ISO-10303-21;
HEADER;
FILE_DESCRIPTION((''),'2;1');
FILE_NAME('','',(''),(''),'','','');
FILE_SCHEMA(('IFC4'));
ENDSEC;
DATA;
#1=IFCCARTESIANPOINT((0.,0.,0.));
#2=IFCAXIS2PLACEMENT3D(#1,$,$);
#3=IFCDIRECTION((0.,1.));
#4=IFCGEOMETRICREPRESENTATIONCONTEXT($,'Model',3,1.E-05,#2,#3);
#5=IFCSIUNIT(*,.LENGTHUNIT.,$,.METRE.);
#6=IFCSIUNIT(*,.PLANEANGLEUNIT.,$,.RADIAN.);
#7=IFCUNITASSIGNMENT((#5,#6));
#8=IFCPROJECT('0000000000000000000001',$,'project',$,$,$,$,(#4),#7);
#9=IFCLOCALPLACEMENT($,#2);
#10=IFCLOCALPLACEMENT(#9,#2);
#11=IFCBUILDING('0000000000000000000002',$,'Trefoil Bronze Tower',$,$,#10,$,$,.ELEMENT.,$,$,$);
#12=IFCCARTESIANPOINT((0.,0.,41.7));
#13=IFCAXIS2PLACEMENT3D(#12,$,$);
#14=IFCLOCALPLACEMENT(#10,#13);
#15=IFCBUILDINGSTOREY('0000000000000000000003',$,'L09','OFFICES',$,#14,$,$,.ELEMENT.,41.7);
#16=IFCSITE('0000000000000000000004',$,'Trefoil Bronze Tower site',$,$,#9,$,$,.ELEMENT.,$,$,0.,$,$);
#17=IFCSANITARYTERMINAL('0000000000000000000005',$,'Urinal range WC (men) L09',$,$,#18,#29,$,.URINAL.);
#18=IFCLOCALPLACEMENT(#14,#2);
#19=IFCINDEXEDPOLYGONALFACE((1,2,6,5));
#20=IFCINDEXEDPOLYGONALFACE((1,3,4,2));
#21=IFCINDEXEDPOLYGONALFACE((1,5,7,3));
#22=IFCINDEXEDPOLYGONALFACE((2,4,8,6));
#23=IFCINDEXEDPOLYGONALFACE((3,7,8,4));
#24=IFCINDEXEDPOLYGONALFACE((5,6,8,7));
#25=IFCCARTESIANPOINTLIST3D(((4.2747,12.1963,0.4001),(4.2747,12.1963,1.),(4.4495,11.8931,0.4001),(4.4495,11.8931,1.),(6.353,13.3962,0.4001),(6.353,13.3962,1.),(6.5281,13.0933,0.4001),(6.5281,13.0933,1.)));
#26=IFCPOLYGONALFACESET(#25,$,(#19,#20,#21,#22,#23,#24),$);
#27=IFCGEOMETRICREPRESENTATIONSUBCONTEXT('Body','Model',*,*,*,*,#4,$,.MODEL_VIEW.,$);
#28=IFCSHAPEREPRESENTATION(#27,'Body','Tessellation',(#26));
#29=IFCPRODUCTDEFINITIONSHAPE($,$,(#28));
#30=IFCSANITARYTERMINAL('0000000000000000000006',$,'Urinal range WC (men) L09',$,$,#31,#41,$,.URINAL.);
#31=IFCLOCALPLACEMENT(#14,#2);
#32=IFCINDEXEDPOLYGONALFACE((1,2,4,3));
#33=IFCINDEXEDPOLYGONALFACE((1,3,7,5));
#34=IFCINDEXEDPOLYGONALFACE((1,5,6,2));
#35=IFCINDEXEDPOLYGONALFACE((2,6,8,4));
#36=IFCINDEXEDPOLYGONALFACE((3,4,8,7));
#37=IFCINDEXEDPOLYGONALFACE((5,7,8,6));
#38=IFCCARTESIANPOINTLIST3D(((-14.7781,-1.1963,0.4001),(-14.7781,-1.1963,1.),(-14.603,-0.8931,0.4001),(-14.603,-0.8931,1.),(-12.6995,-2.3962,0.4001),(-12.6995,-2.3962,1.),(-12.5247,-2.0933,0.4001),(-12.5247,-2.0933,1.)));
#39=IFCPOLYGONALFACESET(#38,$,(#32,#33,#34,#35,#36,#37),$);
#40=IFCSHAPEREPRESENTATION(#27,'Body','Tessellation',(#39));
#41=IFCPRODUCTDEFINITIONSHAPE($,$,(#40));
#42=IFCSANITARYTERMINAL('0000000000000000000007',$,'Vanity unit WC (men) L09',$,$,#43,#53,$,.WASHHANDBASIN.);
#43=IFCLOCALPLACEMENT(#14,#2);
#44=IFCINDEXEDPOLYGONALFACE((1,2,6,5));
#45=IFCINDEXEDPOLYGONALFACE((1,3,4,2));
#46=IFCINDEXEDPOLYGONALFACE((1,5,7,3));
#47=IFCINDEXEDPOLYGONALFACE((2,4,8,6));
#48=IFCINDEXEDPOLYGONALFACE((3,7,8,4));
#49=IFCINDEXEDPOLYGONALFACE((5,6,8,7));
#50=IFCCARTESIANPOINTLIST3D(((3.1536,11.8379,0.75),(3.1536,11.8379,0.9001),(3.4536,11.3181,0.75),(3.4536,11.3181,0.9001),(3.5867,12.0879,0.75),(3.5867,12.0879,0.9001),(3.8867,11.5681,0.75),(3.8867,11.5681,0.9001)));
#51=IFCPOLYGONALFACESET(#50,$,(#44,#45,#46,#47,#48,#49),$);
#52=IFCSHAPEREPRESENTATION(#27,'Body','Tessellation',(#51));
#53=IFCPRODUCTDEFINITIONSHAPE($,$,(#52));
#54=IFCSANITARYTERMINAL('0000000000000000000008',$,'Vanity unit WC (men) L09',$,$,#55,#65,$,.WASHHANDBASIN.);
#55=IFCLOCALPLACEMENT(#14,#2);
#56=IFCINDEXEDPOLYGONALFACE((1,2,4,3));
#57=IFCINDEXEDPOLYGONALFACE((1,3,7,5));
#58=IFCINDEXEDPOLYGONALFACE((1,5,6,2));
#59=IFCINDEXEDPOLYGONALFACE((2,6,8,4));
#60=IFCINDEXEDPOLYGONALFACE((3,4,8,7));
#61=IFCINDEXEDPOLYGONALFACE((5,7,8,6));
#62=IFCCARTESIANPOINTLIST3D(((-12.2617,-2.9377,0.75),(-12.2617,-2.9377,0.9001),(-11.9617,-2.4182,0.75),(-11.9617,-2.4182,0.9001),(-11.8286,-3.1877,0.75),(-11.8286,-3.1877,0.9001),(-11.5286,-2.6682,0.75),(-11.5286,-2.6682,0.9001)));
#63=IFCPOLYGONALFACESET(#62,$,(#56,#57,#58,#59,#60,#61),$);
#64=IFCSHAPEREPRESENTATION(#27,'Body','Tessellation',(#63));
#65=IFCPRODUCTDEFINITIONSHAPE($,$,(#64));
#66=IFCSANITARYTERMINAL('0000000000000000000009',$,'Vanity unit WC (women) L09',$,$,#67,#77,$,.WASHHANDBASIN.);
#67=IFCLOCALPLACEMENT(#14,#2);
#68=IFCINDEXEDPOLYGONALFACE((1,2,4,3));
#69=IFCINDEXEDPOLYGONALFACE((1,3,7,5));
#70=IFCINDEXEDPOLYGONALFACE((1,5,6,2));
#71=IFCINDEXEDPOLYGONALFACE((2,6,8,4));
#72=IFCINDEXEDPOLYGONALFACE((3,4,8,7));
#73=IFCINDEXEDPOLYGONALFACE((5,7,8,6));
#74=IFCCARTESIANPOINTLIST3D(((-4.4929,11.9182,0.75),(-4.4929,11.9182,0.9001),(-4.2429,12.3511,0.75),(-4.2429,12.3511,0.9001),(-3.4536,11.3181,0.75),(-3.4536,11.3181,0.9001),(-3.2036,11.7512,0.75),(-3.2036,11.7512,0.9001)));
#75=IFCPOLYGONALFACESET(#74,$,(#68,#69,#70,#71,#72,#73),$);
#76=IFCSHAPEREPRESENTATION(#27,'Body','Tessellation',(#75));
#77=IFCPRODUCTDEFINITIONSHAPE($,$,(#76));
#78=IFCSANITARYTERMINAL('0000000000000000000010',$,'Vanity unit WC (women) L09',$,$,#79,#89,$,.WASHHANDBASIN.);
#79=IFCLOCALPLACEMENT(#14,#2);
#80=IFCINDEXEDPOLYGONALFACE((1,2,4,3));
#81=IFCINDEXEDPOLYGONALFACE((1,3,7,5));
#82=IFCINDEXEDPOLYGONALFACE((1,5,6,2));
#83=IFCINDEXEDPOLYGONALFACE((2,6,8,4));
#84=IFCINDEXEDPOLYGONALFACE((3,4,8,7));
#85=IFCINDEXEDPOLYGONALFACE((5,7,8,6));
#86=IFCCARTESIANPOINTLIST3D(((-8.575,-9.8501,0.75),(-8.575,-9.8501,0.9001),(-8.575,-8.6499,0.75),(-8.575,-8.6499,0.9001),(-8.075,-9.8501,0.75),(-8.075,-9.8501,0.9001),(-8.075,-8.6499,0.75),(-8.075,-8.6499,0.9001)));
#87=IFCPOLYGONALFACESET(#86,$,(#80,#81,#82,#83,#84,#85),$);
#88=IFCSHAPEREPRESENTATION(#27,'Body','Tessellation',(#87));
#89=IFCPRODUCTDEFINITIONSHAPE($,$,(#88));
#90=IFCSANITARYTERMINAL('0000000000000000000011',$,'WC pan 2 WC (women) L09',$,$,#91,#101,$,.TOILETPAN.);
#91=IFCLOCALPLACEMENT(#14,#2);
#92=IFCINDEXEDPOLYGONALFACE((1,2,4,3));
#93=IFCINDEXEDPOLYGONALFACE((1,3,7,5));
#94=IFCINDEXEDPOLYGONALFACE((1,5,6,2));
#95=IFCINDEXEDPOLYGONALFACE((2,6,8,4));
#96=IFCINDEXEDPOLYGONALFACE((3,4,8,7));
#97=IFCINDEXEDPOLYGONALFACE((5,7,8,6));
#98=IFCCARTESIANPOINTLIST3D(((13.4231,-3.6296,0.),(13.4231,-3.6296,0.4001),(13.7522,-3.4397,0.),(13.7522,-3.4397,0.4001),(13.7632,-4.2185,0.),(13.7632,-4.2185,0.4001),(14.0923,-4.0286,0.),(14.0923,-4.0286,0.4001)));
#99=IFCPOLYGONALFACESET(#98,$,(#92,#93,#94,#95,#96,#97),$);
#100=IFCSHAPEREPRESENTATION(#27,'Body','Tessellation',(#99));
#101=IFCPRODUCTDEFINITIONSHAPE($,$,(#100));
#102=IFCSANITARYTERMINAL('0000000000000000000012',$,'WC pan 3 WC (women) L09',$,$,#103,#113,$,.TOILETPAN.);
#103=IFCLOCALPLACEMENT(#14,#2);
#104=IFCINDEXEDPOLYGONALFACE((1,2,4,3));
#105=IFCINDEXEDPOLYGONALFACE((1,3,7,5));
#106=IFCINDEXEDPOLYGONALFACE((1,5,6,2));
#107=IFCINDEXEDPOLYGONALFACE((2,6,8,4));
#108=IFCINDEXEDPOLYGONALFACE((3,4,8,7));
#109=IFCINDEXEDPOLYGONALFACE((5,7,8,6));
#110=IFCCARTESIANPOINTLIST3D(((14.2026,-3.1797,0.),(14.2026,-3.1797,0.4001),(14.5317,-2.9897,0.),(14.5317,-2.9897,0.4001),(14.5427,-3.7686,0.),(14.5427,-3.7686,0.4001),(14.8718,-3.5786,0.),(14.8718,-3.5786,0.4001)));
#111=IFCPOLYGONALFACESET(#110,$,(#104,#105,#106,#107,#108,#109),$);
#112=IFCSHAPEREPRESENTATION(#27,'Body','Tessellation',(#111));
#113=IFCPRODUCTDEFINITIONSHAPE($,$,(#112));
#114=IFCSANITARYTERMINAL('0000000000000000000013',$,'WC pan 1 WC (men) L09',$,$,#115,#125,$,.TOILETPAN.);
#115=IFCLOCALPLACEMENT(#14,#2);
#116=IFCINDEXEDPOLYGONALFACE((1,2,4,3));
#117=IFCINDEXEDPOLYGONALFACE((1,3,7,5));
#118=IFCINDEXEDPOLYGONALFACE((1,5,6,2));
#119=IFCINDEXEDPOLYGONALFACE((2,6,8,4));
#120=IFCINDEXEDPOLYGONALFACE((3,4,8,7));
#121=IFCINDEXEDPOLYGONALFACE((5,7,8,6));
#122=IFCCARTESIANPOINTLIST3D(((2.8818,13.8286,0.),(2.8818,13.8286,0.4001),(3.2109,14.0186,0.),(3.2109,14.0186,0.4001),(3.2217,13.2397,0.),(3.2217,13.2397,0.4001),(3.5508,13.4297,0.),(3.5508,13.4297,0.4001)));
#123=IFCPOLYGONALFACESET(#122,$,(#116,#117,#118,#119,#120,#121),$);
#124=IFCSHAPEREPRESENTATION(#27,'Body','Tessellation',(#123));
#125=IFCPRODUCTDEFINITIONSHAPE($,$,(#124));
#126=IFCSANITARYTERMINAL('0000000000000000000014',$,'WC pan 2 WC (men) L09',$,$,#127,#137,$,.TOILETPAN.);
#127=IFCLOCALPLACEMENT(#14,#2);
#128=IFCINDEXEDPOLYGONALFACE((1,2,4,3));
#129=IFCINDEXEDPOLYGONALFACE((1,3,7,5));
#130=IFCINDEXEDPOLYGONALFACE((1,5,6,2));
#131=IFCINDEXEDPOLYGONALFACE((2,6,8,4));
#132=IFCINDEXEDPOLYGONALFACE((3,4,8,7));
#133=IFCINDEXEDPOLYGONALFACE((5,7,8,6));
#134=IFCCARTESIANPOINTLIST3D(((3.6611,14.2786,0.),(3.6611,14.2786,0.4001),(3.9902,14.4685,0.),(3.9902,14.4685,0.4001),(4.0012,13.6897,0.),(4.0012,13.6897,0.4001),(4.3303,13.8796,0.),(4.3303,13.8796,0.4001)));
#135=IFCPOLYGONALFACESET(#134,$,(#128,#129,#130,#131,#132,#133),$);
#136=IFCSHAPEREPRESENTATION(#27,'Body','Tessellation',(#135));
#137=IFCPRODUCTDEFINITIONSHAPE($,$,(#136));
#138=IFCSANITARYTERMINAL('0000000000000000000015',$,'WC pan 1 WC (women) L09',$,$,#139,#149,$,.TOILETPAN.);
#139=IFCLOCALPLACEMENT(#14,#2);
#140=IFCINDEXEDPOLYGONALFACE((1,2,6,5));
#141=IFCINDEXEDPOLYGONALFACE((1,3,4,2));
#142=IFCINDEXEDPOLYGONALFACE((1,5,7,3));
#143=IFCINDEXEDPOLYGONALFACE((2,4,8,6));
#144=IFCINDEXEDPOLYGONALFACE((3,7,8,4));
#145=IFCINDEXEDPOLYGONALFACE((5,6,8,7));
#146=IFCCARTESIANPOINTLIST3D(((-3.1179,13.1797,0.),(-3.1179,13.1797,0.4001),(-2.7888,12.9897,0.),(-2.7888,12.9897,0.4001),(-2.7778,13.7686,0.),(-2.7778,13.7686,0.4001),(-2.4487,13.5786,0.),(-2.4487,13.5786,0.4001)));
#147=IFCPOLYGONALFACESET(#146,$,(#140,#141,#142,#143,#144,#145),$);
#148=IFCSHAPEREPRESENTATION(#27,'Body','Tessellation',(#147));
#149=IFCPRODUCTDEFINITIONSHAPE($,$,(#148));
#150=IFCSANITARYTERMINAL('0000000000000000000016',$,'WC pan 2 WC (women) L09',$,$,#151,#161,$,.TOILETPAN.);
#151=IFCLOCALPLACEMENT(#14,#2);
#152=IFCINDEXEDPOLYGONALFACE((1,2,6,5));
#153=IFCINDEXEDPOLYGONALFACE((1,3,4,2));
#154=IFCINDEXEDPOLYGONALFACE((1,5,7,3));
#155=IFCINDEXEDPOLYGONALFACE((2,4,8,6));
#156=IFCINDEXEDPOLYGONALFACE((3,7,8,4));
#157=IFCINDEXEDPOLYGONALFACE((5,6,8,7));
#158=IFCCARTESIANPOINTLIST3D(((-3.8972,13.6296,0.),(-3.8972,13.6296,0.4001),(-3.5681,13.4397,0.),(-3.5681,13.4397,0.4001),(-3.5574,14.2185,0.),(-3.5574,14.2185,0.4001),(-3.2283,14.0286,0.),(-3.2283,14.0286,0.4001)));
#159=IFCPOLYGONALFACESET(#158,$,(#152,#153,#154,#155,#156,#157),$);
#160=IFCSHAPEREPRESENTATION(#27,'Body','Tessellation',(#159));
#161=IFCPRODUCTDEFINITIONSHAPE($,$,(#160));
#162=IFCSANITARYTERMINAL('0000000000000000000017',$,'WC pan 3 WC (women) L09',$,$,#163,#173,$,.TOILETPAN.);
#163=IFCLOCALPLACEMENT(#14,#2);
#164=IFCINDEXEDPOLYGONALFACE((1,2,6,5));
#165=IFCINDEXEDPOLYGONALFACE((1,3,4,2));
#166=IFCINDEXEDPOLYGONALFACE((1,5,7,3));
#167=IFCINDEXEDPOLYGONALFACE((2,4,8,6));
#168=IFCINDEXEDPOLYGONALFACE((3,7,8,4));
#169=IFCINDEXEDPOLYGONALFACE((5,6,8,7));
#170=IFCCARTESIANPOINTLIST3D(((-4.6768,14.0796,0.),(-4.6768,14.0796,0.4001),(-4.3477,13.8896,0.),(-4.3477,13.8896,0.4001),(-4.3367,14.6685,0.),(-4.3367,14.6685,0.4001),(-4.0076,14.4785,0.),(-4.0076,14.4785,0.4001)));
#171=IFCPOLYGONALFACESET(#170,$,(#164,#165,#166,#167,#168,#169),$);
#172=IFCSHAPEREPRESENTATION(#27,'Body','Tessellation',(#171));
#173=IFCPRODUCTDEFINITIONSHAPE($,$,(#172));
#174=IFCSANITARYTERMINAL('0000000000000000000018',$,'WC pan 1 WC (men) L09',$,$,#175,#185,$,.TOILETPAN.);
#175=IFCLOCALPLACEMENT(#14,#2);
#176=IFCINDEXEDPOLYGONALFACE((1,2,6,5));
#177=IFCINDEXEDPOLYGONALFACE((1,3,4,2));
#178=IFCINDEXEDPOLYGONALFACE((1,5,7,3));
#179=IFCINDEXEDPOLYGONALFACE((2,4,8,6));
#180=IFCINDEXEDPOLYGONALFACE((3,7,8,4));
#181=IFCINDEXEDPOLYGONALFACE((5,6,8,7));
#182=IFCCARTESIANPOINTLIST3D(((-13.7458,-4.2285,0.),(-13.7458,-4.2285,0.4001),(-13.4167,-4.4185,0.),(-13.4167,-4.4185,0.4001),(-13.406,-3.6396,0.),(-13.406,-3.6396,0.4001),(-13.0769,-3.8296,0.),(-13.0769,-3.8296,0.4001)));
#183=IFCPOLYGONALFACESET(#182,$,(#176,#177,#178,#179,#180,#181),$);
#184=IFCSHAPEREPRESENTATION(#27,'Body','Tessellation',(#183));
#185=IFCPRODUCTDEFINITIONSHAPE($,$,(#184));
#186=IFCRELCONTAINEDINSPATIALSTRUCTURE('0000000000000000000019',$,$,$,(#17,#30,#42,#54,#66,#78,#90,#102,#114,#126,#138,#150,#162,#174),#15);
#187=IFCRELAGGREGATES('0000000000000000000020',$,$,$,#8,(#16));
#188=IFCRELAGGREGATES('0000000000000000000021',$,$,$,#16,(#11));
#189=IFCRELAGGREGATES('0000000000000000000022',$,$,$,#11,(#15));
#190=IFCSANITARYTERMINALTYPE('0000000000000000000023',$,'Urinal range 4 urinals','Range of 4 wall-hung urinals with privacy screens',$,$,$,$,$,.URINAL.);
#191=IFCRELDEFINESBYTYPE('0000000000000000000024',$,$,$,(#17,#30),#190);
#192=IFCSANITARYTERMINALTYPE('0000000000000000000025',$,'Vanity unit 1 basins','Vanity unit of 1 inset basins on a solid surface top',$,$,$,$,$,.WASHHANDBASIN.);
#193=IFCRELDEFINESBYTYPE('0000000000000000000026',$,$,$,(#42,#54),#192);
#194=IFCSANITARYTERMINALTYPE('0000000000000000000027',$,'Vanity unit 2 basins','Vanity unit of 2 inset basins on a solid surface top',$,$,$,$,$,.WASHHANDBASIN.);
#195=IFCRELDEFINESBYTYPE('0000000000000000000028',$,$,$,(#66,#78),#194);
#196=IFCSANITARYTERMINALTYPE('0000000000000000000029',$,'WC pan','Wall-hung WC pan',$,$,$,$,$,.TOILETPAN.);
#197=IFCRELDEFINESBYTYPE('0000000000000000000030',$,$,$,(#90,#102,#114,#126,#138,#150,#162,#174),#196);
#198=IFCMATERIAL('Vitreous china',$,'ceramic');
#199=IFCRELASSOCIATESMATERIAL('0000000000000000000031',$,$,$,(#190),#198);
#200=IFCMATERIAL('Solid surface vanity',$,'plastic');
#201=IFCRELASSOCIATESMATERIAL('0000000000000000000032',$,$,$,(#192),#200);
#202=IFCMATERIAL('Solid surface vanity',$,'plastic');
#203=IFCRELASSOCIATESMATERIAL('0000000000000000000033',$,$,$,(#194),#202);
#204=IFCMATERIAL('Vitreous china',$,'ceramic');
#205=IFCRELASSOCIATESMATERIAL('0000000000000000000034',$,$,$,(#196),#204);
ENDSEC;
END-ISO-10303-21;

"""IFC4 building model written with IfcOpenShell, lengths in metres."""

from ifc_helpers import new_model, si_unit, direction, frame, origin, place, context, subcontext, project, spatial, polyline, outline, extrude, material, type_object, element, save


model = new_model("IFC4")

# Units and contexts
model_context = context("Model", 3, precision=1e-05, world=origin(), true_north=direction((0.0, 1.0)))
body_context = subcontext(model_context, "Body", "Model", "MODEL_VIEW")
ifc_project = project(units=[si_unit("LENGTHUNIT", "METRE"), si_unit("PLANEANGLEUNIT", "RADIAN")], contexts=[model_context])

# Site, building, storey
site_placement = place(None, origin())
site = spatial("IfcSite", under=ifc_project, at=site_placement, Name="Trefoil Bronze Tower site", CompositionType="ELEMENT", RefElevation=0.0)
building_placement = place(site_placement, origin())
building = spatial("IfcBuilding", under=site, at=building_placement, Name="Trefoil Bronze Tower", CompositionType="ELEMENT")
storey_placement = place(building_placement, frame((0.0, 0.0, 41.7)))
storey = spatial("IfcBuildingStorey", under=building, at=storey_placement, Name="L09", Description="OFFICES", CompositionType="ELEMENT", Elevation=41.7)

# Sanitary terminals
ifc_material_1 = material(Name="Vitreous china", Category="ceramic")
sanitary_terminal_type_1 = type_object("IfcSanitaryTerminalType", Name="Urinal range 4 urinals", Description="Range of 4 wall-hung urinals with privacy screens", PredefinedType="URINAL", material=ifc_material_1)
sanitary_terminal_1_placement = place(storey_placement, frame((0.0, 0.0, 0.4001)))
element("IfcSanitaryTerminal", 1, at=sanitary_terminal_1_placement, inside=storey, type_object=sanitary_terminal_type_1, Name="Urinal range WC (men) L09", PredefinedType="URINAL", context=body_context, shape_type="SweptSolid", body=[
    extrude(outline(polyline([(4.4495, 11.8931), (4.2747, 12.1963), (6.353, 13.3962), (6.5281, 13.0933), (4.4495, 11.8931)])), origin(), (0.0, 0.0, 1.0), 0.5999),
])
sanitary_terminal_2_placement = place(storey_placement, frame((0.0, 0.0, 0.4001)))
element("IfcSanitaryTerminal", 2, at=sanitary_terminal_2_placement, inside=storey, type_object=sanitary_terminal_type_1, Name="Urinal range WC (men) L09", PredefinedType="URINAL", context=body_context, shape_type="SweptSolid", body=[
    extrude(outline(polyline([(-12.5247, -2.0933), (-12.6995, -2.3962), (-14.7781, -1.1963), (-14.603, -0.8931), (-12.5247, -2.0933)])), origin(), (0.0, 0.0, 1.0), 0.5999),
])
ifc_material_2 = material(Name="Solid surface vanity", Category="plastic")
sanitary_terminal_type_2 = type_object("IfcSanitaryTerminalType", Name="Vanity unit 1 basins", Description="Vanity unit of 1 inset basins on a solid surface top", PredefinedType="WASHHANDBASIN", material=ifc_material_2)
sanitary_terminal_3_placement = place(storey_placement, frame((0.0, 0.0, 0.75)))
element("IfcSanitaryTerminal", 3, at=sanitary_terminal_3_placement, inside=storey, type_object=sanitary_terminal_type_2, Name="Vanity unit WC (men) L09", PredefinedType="WASHHANDBASIN", context=body_context, shape_type="SweptSolid", body=[
    extrude(outline(polyline([(3.4536, 11.3181), (3.1536, 11.8379), (3.5867, 12.0879), (3.8867, 11.5681), (3.4536, 11.3181)])), origin(), (0.0, 0.0, 1.0), 0.1501),
])
sanitary_terminal_4_placement = place(storey_placement, frame((0.0, 0.0, 0.75)))
element("IfcSanitaryTerminal", 4, at=sanitary_terminal_4_placement, inside=storey, type_object=sanitary_terminal_type_2, Name="Vanity unit WC (men) L09", PredefinedType="WASHHANDBASIN", context=body_context, shape_type="SweptSolid", body=[
    extrude(outline(polyline([(-11.5286, -2.6682), (-11.8286, -3.1877), (-12.2617, -2.9377), (-11.9617, -2.4182), (-11.5286, -2.6682)])), origin(), (0.0, 0.0, 1.0), 0.1501),
])
ifc_material_3 = material(Name="Solid surface vanity", Category="plastic")
sanitary_terminal_type_3 = type_object("IfcSanitaryTerminalType", Name="Vanity unit 2 basins", Description="Vanity unit of 2 inset basins on a solid surface top", PredefinedType="WASHHANDBASIN", material=ifc_material_3)
sanitary_terminal_5_placement = place(storey_placement, frame((0.0, 0.0, 0.75)))
element("IfcSanitaryTerminal", 5, at=sanitary_terminal_5_placement, inside=storey, type_object=sanitary_terminal_type_3, Name="Vanity unit WC (women) L09", PredefinedType="WASHHANDBASIN", context=body_context, shape_type="SweptSolid", body=[
    extrude(outline(polyline([(-3.4536, 11.3181), (-3.2036, 11.7512), (-4.2429, 12.3511), (-4.4929, 11.9182), (-3.4536, 11.3181)])), origin(), (0.0, 0.0, 1.0), 0.1501),
])
sanitary_terminal_6_placement = place(storey_placement, frame((0.0, 0.0, 0.75)))
element("IfcSanitaryTerminal", 6, at=sanitary_terminal_6_placement, inside=storey, type_object=sanitary_terminal_type_3, Name="Vanity unit WC (women) L09", PredefinedType="WASHHANDBASIN", context=body_context, shape_type="SweptSolid", body=[
    extrude(outline(polyline([(-8.075, -8.6499), (-8.575, -8.6499), (-8.575, -9.8501), (-8.075, -9.8501), (-8.075, -8.6499)])), origin(), (0.0, 0.0, 1.0), 0.1501),
])
ifc_material_4 = material(Name="Vitreous china", Category="ceramic")
sanitary_terminal_type_4 = type_object("IfcSanitaryTerminalType", Name="WC pan", Description="Wall-hung WC pan", PredefinedType="TOILETPAN", material=ifc_material_4)
sanitary_terminal_7_placement = place(storey_placement, origin())
element("IfcSanitaryTerminal", 7, at=sanitary_terminal_7_placement, inside=storey, type_object=sanitary_terminal_type_4, Name="WC pan 2 WC (women) L09", PredefinedType="TOILETPAN", context=body_context, shape_type="SweptSolid", body=[
    extrude(outline(polyline([(13.4231, -3.6296), (13.7632, -4.2185), (14.0923, -4.0286), (13.7522, -3.4397), (13.4231, -3.6296)])), origin(), (0.0, 0.0, 1.0), 0.4001),
])
sanitary_terminal_8_placement = place(storey_placement, origin())
element("IfcSanitaryTerminal", 8, at=sanitary_terminal_8_placement, inside=storey, type_object=sanitary_terminal_type_4, Name="WC pan 3 WC (women) L09", PredefinedType="TOILETPAN", context=body_context, shape_type="SweptSolid", body=[
    extrude(outline(polyline([(14.2026, -3.1797), (14.5427, -3.7686), (14.8718, -3.5786), (14.5317, -2.9897), (14.2026, -3.1797)])), origin(), (0.0, 0.0, 1.0), 0.4001),
])
sanitary_terminal_9_placement = place(storey_placement, origin())
element("IfcSanitaryTerminal", 9, at=sanitary_terminal_9_placement, inside=storey, type_object=sanitary_terminal_type_4, Name="WC pan 1 WC (men) L09", PredefinedType="TOILETPAN", context=body_context, shape_type="SweptSolid", body=[
    extrude(outline(polyline([(3.2217, 13.2397), (2.8818, 13.8286), (3.2109, 14.0186), (3.5508, 13.4297), (3.2217, 13.2397)])), origin(), (0.0, 0.0, 1.0), 0.4001),
])
sanitary_terminal_10_placement = place(storey_placement, origin())
element("IfcSanitaryTerminal", 10, at=sanitary_terminal_10_placement, inside=storey, type_object=sanitary_terminal_type_4, Name="WC pan 2 WC (men) L09", PredefinedType="TOILETPAN", context=body_context, shape_type="SweptSolid", body=[
    extrude(outline(polyline([(4.0012, 13.6897), (3.6611, 14.2786), (3.9902, 14.4685), (4.3303, 13.8796), (4.0012, 13.6897)])), origin(), (0.0, 0.0, 1.0), 0.4001),
])
sanitary_terminal_11_placement = place(storey_placement, origin())
element("IfcSanitaryTerminal", 11, at=sanitary_terminal_11_placement, inside=storey, type_object=sanitary_terminal_type_4, Name="WC pan 1 WC (women) L09", PredefinedType="TOILETPAN", context=body_context, shape_type="SweptSolid", body=[
    extrude(outline(polyline([(-2.7888, 12.9897), (-2.4487, 13.5786), (-2.7778, 13.7686), (-3.1179, 13.1797), (-2.7888, 12.9897)])), origin(), (0.0, 0.0, 1.0), 0.4001),
])
sanitary_terminal_12_placement = place(storey_placement, origin())
element("IfcSanitaryTerminal", 12, at=sanitary_terminal_12_placement, inside=storey, type_object=sanitary_terminal_type_4, Name="WC pan 2 WC (women) L09", PredefinedType="TOILETPAN", context=body_context, shape_type="SweptSolid", body=[
    extrude(outline(polyline([(-3.5681, 13.4397), (-3.2283, 14.0286), (-3.5574, 14.2185), (-3.8972, 13.6296), (-3.5681, 13.4397)])), origin(), (0.0, 0.0, 1.0), 0.4001),
])
sanitary_terminal_13_placement = place(storey_placement, origin())
element("IfcSanitaryTerminal", 13, at=sanitary_terminal_13_placement, inside=storey, type_object=sanitary_terminal_type_4, Name="WC pan 3 WC (women) L09", PredefinedType="TOILETPAN", context=body_context, shape_type="SweptSolid", body=[
    extrude(outline(polyline([(-4.3477, 13.8896), (-4.0076, 14.4785), (-4.3367, 14.6685), (-4.6768, 14.0796), (-4.3477, 13.8896)])), origin(), (0.0, 0.0, 1.0), 0.4001),
])
sanitary_terminal_14_placement = place(storey_placement, origin())
element("IfcSanitaryTerminal", 14, at=sanitary_terminal_14_placement, inside=storey, type_object=sanitary_terminal_type_4, Name="WC pan 1 WC (men) L09", PredefinedType="TOILETPAN", context=body_context, shape_type="SweptSolid", body=[
    extrude(outline(polyline([(-13.0769, -3.8296), (-13.4167, -4.4185), (-13.7458, -4.2285), (-13.406, -3.6396), (-13.0769, -3.8296)])), origin(), (0.0, 0.0, 1.0), 0.4001),
])

save(model, "model.ifc")
